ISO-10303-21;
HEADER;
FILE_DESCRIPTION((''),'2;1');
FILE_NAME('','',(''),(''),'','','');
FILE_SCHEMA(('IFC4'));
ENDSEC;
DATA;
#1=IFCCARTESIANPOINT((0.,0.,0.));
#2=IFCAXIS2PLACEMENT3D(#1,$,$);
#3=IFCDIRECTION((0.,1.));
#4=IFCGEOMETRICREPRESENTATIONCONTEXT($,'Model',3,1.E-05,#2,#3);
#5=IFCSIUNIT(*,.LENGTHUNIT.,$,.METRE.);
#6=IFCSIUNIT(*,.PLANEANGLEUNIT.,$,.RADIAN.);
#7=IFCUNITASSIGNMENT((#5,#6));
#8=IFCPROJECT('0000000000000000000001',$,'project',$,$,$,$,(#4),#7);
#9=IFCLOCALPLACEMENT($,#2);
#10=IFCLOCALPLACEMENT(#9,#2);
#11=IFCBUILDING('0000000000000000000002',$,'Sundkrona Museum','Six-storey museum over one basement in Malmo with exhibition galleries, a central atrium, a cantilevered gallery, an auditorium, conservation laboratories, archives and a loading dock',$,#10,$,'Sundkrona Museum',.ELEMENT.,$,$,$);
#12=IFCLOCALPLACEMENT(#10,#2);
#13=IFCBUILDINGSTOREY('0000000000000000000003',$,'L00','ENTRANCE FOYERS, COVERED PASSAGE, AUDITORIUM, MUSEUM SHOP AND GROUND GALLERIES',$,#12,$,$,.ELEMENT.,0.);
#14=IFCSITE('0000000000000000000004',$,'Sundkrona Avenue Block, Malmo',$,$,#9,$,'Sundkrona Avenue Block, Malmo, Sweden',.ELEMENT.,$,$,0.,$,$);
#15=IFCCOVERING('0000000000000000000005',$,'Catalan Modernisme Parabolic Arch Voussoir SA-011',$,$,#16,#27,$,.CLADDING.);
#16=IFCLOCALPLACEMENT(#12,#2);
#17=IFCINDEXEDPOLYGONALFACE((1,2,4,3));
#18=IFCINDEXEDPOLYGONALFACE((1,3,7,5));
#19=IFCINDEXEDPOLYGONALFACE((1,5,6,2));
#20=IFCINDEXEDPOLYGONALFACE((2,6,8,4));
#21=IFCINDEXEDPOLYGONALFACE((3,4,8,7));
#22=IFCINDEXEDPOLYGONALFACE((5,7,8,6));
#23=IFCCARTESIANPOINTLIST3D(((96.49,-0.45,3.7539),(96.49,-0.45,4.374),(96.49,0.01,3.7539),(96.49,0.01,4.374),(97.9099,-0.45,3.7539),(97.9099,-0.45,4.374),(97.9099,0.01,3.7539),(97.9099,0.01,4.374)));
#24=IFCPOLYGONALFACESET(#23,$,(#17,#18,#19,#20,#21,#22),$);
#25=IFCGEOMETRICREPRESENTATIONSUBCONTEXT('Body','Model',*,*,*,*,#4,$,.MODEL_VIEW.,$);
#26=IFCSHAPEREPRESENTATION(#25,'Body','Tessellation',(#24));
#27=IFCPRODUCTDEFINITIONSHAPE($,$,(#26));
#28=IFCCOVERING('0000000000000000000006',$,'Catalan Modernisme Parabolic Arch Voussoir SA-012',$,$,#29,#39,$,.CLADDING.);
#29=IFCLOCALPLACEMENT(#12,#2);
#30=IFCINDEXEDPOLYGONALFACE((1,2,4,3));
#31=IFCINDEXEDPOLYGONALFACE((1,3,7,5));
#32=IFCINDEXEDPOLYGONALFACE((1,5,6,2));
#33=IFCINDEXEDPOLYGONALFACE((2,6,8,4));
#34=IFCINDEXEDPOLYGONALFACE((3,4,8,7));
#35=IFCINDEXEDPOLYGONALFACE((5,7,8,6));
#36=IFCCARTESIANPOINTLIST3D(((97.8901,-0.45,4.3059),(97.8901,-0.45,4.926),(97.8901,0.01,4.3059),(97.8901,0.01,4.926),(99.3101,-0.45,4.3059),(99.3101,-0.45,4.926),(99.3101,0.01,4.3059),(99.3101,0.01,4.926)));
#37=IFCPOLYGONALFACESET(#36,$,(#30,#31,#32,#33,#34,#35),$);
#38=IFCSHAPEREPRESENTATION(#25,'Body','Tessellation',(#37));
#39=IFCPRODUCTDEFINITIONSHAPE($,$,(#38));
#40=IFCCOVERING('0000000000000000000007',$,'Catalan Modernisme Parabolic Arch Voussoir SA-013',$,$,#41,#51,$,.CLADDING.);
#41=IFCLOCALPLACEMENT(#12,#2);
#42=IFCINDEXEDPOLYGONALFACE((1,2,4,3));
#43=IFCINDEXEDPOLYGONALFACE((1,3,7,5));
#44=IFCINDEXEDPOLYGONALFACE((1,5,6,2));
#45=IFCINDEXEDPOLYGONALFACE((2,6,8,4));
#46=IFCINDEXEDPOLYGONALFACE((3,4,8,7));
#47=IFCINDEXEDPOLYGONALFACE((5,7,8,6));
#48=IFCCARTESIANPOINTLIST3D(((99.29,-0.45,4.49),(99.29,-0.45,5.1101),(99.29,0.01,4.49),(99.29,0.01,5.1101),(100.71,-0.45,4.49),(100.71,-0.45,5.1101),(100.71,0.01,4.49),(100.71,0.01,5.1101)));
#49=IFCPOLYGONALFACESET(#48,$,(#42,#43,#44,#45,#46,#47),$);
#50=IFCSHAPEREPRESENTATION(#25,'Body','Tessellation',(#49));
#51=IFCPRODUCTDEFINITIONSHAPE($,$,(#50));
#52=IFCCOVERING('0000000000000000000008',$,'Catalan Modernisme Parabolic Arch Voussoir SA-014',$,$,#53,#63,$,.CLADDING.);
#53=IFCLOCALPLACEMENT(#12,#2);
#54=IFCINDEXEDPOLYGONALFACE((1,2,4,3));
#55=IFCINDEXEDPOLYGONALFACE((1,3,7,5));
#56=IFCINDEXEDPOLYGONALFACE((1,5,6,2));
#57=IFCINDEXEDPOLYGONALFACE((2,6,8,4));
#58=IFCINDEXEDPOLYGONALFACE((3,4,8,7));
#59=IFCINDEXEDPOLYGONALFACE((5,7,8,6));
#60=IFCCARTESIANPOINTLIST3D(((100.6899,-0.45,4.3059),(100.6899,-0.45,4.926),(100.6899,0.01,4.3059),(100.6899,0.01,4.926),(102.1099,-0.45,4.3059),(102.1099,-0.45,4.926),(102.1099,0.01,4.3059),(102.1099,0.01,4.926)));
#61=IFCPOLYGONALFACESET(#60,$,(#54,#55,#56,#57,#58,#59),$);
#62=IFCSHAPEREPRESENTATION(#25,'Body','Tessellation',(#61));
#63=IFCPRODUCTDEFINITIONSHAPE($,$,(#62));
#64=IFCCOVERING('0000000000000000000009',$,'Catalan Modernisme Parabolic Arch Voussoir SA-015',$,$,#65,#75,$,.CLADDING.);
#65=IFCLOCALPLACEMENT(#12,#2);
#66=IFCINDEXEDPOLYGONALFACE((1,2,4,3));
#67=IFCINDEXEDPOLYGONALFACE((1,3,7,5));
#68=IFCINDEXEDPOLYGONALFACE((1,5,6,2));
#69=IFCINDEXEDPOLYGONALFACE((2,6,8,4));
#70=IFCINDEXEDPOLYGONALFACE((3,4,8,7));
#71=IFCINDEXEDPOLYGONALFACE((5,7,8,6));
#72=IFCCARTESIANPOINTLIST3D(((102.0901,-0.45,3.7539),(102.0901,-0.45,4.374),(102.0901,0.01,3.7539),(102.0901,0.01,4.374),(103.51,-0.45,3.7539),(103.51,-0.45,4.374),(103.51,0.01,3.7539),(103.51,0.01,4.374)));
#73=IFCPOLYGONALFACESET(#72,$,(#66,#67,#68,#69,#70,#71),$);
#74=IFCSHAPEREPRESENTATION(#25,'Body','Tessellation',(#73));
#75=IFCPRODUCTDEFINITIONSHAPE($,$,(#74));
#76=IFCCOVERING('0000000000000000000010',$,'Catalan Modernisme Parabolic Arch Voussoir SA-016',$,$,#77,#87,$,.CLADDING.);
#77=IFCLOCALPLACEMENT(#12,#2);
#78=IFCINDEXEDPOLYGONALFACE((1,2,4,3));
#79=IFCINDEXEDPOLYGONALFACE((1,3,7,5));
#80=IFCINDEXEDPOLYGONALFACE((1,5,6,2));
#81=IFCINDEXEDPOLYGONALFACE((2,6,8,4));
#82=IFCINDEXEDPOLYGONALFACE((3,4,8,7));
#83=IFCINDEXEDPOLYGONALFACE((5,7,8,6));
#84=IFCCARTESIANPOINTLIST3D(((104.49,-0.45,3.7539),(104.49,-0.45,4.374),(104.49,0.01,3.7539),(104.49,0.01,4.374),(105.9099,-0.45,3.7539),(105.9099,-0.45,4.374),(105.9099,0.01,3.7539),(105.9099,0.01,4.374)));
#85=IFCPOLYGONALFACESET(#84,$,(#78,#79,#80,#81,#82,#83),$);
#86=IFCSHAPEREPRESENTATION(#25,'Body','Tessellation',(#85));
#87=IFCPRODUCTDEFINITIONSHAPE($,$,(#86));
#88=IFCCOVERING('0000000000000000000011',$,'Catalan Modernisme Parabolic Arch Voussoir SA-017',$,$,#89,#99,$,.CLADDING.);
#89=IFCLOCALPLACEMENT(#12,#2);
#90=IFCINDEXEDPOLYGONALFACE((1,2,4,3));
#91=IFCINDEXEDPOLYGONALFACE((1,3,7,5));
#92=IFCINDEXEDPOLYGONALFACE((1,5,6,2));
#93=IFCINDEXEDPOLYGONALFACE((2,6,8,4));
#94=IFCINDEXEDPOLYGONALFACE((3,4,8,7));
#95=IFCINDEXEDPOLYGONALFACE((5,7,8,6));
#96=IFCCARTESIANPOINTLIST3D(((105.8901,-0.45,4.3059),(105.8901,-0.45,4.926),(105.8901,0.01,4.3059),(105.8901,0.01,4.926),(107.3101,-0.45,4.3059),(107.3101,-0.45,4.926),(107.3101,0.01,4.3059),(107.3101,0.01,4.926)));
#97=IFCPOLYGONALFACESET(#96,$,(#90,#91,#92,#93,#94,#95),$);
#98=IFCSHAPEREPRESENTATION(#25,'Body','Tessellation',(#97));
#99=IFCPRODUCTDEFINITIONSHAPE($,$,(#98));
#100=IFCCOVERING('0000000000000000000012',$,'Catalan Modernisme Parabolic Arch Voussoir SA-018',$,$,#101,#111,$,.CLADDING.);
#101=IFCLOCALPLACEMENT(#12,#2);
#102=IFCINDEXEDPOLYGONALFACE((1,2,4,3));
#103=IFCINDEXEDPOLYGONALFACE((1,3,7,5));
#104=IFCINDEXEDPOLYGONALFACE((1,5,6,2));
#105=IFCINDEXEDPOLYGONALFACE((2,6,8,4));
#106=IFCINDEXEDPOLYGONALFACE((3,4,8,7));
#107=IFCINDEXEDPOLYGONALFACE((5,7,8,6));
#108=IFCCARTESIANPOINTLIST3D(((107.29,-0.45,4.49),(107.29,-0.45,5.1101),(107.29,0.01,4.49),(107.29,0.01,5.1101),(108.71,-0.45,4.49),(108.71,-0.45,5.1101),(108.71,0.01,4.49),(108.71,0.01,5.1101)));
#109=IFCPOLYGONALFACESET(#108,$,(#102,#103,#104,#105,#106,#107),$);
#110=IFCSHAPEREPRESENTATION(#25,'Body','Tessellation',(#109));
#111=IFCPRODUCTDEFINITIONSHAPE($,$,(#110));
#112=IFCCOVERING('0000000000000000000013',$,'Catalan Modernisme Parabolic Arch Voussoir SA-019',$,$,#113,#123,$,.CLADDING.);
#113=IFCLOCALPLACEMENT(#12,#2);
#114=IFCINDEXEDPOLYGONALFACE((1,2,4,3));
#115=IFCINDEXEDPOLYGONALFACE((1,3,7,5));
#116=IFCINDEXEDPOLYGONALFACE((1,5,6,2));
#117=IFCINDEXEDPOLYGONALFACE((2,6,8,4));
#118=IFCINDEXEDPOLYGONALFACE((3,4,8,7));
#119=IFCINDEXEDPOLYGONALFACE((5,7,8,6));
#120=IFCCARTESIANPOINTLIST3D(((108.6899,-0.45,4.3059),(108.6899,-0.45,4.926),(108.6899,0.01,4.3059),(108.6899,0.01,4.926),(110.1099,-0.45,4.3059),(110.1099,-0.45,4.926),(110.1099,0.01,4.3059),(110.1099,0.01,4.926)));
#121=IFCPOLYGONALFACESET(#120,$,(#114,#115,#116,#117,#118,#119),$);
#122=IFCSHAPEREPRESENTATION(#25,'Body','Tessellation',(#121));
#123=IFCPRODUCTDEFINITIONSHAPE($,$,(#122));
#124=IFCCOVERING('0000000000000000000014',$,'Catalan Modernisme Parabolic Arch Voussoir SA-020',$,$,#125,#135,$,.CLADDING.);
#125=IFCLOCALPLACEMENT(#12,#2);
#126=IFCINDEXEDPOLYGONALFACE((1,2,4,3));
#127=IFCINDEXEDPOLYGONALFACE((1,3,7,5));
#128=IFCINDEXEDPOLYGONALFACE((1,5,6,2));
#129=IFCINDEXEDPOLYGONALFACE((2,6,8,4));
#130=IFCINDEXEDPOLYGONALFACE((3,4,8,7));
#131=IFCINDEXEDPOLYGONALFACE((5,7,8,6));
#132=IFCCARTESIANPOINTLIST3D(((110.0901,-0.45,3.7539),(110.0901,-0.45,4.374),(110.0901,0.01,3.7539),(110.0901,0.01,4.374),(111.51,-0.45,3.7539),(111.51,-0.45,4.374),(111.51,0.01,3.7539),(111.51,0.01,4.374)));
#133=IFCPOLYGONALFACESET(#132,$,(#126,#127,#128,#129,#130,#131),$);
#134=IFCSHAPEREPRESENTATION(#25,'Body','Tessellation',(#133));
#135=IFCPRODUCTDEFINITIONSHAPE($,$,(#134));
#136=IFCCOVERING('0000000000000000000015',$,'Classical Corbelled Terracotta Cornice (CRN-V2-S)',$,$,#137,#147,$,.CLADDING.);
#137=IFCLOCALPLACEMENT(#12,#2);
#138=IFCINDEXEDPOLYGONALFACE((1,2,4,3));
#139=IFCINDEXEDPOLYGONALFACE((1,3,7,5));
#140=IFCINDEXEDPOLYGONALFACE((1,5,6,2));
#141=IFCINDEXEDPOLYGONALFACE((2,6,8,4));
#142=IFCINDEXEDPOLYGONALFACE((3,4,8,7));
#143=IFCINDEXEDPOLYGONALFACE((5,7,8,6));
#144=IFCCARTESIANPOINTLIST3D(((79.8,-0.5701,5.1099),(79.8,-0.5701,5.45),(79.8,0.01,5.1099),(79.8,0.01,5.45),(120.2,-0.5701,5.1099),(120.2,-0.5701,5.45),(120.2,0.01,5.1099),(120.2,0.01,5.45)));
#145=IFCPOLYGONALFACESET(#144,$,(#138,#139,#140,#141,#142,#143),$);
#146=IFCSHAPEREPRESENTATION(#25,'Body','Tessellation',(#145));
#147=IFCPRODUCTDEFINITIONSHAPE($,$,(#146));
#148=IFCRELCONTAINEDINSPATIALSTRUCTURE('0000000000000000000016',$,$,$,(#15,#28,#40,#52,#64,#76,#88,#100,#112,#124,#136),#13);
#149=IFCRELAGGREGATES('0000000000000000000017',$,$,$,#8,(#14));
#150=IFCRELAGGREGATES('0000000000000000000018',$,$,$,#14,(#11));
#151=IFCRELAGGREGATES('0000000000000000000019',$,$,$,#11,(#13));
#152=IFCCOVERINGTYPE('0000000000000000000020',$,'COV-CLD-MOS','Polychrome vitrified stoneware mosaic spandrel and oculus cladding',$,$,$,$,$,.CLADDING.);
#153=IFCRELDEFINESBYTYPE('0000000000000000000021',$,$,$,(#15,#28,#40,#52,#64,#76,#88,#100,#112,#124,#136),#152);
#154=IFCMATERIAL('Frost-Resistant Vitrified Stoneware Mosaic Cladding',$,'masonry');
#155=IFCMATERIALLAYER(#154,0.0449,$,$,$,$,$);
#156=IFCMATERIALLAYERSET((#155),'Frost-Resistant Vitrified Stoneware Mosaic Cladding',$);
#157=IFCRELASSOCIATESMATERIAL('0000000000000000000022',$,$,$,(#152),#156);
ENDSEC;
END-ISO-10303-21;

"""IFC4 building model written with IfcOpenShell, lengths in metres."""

from ifc_helpers import new_model, si_unit, direction, frame, origin, origin_2d, place, context, subcontext, project, spatial, rectangle, extrude, material, layer, layer_set, type_object, element, save


model = new_model("IFC4")

# Units and contexts
model_context = context("Model", 3, precision=1e-05, world=origin(), true_north=direction((0.0, 1.0)))
body_context = subcontext(model_context, "Body", "Model", "MODEL_VIEW")
ifc_project = project(units=[si_unit("LENGTHUNIT", "METRE"), si_unit("PLANEANGLEUNIT", "RADIAN")], contexts=[model_context])

# Site, building, storey
site_placement = place(None, origin())
site = spatial("IfcSite", under=ifc_project, at=site_placement, Name="Sundkrona Avenue Block, Malmo", LongName="Sundkrona Avenue Block, Malmo, Sweden", CompositionType="ELEMENT", RefElevation=0.0)
building_placement = place(site_placement, origin())
building = spatial("IfcBuilding", under=site, at=building_placement, Name="Sundkrona Museum", Description="Six-storey museum over one basement in Malmo with exhibition galleries, a central atrium, a cantilevered gallery, an auditorium, conservation laboratories, archives and a loading dock", LongName="Sundkrona Museum", CompositionType="ELEMENT")
storey_placement = place(building_placement, origin())
storey = spatial("IfcBuildingStorey", under=building, at=storey_placement, Name="L00", Description="ENTRANCE FOYERS, COVERED PASSAGE, AUDITORIUM, MUSEUM SHOP AND GROUND GALLERIES", CompositionType="ELEMENT", Elevation=0.0)

# Coverings
ifc_material_1 = material(Name="Frost-Resistant Vitrified Stoneware Mosaic Cladding", Category="masonry")
ifc_layer_1 = layer(ifc_material_1, 0.0449)
ifc_layer_set_1 = layer_set([ifc_layer_1], Name="Frost-Resistant Vitrified Stoneware Mosaic Cladding")
covering_type = type_object("IfcCoveringType", Name="COV-CLD-MOS", Description="Polychrome vitrified stoneware mosaic spandrel and oculus cladding", PredefinedType="CLADDING", material=ifc_layer_set_1)
for number, where, z_axis, x_axis, name in (
    (1, (97.2, -0.22, 3.7539), (0.0, 0.0, 1.0), (1.0, 0.0, 0.0), "Catalan Modernisme Parabolic Arch Voussoir SA-011"),
    (2, (98.6001, -0.22, 4.3059), (0.0, 0.0, 1.0), (1.0, 0.0, 0.0), "Catalan Modernisme Parabolic Arch Voussoir SA-012"),
    (3, (100.0, -0.22, 4.49), (0.0, 0.0, 1.0), (1.0, 0.0, 0.0), "Catalan Modernisme Parabolic Arch Voussoir SA-013"),
    (4, (101.3999, -0.22, 4.3059), (0.0, 0.0, 1.0), (1.0, 0.0, 0.0), "Catalan Modernisme Parabolic Arch Voussoir SA-014"),
    (5, (102.8, -0.22, 3.7539), (0.0, 0.0, 1.0), (1.0, 0.0, 0.0), "Catalan Modernisme Parabolic Arch Voussoir SA-015"),
    (6, (105.2, -0.22, 3.7539), (0.0, 0.0, 1.0), (1.0, 0.0, 0.0), "Catalan Modernisme Parabolic Arch Voussoir SA-016"),
    (7, (106.6001, -0.22, 4.3059), (0.0, 0.0, 1.0), (1.0, 0.0, 0.0), "Catalan Modernisme Parabolic Arch Voussoir SA-017"),
    (8, (108.0, -0.22, 4.49), (0.0, 0.0, 1.0), (1.0, 0.0, 0.0), "Catalan Modernisme Parabolic Arch Voussoir SA-018"),
    (9, (109.3999, -0.22, 4.3059), (0.0, 0.0, 1.0), (1.0, 0.0, 0.0), "Catalan Modernisme Parabolic Arch Voussoir SA-019"),
    (10, (110.8, -0.22, 3.7539), (0.0, 0.0, 1.0), (1.0, 0.0, 0.0), "Catalan Modernisme Parabolic Arch Voussoir SA-020"),
):
    element("IfcCovering", number, at=place(storey_placement, frame(where, z_axis=z_axis, x_axis=x_axis)), inside=storey, type_object=covering_type, Name=name, PredefinedType="CLADDING", context=body_context, shape_type="SweptSolid", body=[
        extrude(rectangle(XDim=1.4199, YDim=0.46, at=origin_2d()), origin(), (0.0, 0.0, 1.0), 0.6201),
    ])
covering_placement = place(storey_placement, frame((100.0, -0.28, 5.1099), z_axis=(0.0, 0.0, 1.0), x_axis=(1.0, 0.0, 0.0)))
element("IfcCovering", 11, at=covering_placement, inside=storey, type_object=covering_type, Name="Classical Corbelled Terracotta Cornice (CRN-V2-S)", PredefinedType="CLADDING", context=body_context, shape_type="SweptSolid", body=[
    extrude(rectangle(XDim=40.3999, YDim=0.5801, at=origin_2d()), origin(), (0.0, 0.0, 1.0), 0.3401),
])

save(model, "model.ifc")
